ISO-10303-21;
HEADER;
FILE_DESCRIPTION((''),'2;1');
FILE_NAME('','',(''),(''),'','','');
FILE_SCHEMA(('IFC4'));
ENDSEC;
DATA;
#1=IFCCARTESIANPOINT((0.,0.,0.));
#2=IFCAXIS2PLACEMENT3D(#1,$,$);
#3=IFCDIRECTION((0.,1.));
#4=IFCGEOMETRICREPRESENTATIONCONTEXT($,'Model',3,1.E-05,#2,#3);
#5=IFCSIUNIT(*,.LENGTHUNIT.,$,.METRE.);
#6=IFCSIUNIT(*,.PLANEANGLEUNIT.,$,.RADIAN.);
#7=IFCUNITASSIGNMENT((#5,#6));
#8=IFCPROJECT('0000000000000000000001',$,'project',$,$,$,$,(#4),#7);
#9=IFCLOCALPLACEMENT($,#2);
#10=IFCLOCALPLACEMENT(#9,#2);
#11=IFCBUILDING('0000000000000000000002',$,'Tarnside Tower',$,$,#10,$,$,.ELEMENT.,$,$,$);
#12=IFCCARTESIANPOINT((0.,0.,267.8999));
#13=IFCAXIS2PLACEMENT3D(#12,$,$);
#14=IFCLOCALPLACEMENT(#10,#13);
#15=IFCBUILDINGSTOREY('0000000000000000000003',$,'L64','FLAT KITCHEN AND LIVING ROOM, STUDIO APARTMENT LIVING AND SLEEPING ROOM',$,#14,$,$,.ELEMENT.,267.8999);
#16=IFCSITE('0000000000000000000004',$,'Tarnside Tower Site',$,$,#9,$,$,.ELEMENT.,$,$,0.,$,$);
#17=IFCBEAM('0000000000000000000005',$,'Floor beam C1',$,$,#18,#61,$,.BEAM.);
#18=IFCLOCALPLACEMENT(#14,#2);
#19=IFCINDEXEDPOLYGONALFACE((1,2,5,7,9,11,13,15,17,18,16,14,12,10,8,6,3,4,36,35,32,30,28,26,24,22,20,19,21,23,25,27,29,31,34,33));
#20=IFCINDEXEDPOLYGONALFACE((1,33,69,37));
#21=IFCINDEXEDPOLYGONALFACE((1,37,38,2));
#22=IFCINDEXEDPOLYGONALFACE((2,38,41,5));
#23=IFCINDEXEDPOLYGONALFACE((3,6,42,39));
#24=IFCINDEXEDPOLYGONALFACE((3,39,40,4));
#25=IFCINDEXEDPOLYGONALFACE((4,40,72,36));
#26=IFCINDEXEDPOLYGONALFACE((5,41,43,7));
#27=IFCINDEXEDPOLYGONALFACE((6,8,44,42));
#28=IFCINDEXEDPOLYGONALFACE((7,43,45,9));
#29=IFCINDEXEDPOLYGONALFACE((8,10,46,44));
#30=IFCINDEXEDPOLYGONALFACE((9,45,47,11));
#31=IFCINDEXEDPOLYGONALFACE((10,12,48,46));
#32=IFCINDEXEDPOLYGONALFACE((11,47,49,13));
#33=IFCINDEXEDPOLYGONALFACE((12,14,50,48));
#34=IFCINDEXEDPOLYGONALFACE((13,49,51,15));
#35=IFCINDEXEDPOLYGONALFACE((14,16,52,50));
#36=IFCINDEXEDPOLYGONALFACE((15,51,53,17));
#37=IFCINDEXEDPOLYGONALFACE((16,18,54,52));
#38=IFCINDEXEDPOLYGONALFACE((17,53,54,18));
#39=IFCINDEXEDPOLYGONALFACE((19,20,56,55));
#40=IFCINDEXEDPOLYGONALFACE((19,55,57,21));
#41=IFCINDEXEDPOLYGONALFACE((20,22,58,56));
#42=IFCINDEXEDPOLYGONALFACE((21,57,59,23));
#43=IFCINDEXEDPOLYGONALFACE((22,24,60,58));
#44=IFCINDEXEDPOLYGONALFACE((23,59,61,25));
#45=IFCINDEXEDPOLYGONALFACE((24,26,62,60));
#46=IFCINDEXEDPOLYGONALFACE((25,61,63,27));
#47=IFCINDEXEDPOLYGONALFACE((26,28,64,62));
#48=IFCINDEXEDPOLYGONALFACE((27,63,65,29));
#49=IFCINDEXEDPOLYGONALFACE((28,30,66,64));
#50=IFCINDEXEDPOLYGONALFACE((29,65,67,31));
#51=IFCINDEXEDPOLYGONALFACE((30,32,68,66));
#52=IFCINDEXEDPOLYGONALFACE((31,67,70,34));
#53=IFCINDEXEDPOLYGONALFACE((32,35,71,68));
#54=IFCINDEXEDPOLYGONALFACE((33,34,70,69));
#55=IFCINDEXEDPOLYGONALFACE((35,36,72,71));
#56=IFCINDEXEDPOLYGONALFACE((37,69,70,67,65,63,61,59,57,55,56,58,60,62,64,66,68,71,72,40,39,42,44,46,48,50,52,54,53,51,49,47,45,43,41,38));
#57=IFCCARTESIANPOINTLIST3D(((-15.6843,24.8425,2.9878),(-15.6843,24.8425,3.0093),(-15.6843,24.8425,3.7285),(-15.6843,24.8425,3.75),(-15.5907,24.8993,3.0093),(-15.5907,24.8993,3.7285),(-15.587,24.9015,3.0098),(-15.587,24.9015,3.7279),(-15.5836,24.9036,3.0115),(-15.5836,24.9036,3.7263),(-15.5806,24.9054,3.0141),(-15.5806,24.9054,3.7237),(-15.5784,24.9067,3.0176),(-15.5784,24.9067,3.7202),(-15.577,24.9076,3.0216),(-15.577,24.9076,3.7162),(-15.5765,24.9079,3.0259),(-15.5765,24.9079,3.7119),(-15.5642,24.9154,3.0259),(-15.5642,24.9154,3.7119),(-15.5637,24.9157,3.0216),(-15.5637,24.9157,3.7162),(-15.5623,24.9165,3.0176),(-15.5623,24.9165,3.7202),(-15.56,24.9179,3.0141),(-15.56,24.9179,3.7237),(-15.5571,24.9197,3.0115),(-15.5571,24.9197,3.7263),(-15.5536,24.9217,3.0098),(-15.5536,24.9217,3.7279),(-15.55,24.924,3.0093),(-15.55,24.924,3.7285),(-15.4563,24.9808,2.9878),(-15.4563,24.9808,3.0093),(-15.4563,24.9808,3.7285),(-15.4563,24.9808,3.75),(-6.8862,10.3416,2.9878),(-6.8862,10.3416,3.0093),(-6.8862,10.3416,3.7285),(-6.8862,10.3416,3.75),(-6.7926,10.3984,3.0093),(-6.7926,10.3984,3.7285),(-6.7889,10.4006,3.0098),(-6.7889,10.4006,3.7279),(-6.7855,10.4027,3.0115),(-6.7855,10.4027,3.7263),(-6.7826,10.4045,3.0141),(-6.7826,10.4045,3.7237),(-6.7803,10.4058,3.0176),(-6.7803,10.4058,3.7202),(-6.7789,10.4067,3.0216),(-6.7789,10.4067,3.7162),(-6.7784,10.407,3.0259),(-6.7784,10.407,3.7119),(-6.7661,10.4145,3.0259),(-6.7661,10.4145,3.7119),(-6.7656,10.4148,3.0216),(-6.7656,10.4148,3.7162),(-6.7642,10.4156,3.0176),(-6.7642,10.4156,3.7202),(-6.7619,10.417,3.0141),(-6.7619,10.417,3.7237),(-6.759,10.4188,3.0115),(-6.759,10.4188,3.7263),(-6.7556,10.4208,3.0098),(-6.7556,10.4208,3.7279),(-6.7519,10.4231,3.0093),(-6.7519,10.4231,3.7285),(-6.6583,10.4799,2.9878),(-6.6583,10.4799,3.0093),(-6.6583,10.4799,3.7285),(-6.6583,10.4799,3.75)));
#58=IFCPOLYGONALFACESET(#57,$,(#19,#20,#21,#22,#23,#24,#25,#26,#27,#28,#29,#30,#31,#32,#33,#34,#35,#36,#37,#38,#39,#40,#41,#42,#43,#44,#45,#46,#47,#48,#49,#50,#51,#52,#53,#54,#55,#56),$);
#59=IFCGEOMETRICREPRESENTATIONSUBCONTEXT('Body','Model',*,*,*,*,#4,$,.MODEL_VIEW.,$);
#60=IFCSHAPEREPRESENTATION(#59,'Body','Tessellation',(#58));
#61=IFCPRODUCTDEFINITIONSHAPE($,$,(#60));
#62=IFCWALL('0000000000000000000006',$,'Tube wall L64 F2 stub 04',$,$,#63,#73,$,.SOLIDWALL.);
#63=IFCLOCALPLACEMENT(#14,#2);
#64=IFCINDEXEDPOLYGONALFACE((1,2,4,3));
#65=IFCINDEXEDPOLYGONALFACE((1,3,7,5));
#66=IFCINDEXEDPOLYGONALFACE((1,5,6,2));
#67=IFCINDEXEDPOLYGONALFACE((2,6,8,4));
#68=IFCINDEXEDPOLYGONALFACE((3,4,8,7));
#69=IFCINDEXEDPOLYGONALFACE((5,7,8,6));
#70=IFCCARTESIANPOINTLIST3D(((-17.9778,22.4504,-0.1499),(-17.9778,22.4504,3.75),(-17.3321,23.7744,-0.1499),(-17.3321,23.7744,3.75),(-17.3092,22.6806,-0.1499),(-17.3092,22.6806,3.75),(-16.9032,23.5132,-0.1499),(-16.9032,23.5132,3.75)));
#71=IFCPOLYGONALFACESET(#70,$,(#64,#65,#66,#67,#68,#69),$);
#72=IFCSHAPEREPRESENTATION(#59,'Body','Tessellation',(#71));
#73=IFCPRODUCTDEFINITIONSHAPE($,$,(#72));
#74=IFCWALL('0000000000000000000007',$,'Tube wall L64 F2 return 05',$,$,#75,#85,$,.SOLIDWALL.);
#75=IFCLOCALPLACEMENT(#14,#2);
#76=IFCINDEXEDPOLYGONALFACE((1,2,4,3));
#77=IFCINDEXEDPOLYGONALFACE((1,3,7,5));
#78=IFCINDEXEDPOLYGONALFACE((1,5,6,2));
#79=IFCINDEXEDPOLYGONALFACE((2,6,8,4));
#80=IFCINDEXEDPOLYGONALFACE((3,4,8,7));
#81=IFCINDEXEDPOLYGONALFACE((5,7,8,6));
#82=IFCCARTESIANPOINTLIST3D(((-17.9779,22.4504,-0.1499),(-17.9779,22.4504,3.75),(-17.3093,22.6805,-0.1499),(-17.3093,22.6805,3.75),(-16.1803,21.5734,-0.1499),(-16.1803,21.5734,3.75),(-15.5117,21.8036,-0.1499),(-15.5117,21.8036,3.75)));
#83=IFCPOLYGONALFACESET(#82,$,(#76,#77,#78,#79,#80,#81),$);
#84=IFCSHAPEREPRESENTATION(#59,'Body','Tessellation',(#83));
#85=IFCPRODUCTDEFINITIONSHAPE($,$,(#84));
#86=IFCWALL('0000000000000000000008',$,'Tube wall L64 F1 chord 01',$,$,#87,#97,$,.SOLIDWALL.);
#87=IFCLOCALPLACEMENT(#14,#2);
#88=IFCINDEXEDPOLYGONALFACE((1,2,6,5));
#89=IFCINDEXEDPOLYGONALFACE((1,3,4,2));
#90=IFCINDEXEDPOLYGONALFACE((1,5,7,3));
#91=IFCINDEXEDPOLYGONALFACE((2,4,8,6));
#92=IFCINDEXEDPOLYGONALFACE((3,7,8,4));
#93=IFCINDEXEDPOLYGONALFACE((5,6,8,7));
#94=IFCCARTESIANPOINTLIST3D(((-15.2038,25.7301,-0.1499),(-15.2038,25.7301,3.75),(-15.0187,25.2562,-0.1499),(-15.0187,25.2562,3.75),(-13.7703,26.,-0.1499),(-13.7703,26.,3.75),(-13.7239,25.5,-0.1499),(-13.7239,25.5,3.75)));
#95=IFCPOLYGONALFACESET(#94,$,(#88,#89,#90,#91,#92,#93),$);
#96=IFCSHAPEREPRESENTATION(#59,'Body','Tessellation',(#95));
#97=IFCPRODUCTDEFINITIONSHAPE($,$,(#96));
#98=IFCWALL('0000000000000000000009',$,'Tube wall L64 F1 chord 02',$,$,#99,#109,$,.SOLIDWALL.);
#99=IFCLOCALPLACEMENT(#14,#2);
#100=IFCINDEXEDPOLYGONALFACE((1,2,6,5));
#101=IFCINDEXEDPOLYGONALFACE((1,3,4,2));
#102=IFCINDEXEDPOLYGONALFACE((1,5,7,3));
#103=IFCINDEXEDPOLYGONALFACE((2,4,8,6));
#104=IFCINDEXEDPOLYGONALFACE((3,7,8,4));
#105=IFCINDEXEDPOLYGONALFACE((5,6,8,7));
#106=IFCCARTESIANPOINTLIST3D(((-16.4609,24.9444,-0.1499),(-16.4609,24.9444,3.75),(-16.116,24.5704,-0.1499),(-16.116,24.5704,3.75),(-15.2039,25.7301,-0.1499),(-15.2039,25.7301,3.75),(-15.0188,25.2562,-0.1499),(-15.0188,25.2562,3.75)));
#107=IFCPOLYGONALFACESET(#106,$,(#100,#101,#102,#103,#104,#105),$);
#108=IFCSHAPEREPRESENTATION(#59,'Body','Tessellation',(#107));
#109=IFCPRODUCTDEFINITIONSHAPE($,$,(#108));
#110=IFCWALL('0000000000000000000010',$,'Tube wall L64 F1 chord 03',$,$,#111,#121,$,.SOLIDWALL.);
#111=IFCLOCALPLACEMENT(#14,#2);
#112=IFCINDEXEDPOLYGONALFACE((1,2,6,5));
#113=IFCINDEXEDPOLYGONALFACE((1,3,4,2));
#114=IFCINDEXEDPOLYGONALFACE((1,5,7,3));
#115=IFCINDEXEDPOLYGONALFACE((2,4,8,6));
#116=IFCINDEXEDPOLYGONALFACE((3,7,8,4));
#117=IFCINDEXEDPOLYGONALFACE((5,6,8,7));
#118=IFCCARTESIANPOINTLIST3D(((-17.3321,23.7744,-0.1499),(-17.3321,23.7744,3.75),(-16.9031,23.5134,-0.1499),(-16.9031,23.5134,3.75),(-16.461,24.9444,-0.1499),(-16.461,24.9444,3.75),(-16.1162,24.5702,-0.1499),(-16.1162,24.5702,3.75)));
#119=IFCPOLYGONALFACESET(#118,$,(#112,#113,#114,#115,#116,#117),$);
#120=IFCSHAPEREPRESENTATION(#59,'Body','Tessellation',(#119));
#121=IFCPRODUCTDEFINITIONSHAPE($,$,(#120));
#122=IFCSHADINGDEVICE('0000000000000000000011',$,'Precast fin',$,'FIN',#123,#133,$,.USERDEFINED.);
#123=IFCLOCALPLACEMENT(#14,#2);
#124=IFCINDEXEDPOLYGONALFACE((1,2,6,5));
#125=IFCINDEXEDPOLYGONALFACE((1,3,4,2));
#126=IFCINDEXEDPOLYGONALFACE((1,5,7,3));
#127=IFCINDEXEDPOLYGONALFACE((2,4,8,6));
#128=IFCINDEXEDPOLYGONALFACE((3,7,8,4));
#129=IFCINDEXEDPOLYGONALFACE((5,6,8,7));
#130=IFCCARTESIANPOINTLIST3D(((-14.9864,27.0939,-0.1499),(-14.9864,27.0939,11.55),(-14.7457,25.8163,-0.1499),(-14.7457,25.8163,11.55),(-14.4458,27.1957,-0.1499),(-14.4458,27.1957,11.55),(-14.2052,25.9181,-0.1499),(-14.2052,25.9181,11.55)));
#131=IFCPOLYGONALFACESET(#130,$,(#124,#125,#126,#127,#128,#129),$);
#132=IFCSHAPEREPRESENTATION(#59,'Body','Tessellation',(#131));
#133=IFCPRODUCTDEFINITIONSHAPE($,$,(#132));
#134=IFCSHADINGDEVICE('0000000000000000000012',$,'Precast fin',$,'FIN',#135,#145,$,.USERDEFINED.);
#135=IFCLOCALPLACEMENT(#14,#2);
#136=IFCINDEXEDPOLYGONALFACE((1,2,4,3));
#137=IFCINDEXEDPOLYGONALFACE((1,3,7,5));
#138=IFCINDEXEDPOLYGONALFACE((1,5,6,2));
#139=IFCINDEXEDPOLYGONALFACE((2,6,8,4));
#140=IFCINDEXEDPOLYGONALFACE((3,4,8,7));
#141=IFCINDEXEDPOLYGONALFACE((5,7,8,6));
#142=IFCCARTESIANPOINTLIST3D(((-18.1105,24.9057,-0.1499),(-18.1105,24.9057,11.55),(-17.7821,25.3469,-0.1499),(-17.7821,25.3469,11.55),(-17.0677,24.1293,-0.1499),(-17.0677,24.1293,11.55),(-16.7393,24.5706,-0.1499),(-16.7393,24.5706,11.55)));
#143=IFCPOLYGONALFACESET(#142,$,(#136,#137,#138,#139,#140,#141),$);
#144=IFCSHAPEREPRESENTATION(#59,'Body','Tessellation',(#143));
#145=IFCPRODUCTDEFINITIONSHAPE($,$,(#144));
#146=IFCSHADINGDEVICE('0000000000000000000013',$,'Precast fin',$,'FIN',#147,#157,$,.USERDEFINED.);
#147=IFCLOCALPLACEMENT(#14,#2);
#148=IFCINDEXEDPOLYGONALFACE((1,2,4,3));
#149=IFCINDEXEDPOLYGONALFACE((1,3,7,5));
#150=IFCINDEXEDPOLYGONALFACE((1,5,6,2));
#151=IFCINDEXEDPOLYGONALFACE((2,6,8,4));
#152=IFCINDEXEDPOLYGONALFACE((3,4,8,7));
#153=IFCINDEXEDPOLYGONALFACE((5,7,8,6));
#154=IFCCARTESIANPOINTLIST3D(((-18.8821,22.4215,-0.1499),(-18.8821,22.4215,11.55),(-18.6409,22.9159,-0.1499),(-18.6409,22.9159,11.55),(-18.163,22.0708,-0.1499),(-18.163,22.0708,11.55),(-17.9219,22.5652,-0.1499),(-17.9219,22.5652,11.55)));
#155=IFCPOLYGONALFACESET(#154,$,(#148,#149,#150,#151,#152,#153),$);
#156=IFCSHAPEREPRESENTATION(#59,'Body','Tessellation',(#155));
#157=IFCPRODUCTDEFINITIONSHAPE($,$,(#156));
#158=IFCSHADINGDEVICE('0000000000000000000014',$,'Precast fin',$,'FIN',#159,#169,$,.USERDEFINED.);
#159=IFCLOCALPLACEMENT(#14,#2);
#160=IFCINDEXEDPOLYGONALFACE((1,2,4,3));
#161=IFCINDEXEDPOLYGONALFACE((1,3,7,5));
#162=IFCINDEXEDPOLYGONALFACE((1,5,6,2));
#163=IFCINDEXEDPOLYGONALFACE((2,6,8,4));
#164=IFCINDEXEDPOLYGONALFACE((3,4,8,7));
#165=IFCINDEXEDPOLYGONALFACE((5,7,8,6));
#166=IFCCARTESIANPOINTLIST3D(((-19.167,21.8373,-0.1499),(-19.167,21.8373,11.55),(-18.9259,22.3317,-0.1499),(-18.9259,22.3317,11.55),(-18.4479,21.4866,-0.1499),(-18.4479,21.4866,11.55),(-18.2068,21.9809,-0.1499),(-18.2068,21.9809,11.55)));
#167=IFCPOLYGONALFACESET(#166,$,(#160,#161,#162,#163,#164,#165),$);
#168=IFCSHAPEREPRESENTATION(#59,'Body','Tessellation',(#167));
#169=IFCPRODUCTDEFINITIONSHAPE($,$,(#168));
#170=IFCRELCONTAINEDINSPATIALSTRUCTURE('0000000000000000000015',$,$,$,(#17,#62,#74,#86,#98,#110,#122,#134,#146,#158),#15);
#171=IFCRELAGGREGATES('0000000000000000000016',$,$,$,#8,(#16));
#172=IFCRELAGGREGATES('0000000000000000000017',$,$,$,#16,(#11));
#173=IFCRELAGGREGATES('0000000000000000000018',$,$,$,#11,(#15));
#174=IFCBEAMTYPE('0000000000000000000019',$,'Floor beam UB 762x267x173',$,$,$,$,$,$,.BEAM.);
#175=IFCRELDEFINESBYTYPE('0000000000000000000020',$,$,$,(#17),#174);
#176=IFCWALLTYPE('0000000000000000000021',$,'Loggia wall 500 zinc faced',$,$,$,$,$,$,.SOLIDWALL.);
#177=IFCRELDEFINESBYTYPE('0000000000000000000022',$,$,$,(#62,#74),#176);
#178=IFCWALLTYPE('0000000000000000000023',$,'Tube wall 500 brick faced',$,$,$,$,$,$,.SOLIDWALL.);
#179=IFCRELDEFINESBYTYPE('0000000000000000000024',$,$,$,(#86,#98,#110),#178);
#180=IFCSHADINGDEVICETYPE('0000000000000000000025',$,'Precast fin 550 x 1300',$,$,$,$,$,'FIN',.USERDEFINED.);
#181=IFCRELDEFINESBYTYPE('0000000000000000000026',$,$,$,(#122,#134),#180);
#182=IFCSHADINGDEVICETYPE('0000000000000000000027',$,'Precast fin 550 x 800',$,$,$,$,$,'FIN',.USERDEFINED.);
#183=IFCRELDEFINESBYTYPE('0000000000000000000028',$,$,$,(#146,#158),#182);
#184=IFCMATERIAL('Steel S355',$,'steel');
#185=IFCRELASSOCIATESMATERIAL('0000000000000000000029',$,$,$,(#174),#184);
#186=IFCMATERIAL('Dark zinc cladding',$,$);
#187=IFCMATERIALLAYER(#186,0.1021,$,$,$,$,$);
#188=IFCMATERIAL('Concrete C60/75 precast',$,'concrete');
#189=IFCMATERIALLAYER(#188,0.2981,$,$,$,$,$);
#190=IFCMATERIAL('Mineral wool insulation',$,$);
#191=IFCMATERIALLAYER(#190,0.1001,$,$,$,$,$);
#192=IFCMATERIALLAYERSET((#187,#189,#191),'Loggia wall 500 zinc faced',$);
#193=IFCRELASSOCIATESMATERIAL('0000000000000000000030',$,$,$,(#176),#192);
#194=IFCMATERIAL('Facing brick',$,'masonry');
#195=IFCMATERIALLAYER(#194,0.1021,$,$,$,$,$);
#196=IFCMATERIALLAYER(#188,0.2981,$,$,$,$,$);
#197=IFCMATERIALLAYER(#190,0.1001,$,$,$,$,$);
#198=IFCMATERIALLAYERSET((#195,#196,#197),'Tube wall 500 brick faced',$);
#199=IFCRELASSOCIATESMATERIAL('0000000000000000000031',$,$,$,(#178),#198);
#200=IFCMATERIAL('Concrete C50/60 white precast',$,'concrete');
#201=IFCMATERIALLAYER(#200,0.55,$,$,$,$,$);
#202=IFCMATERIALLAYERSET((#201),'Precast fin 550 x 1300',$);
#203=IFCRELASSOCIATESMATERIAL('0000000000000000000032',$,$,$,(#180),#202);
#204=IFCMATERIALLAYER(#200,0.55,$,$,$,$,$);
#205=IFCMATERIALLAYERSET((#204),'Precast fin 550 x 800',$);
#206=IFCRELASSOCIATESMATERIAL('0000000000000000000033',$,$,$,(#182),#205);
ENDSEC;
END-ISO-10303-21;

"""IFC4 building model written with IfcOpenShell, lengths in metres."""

from ifc_helpers import new_model, si_unit, direction, frame, origin, origin_2d, place, context, subcontext, project, spatial, polyline, i_section, outline, extrude, material, layer, layer_set, material_profile, profile_set, type_object, element, save


model = new_model("IFC4")

# Units and contexts
model_context = context("Model", 3, precision=1e-05, world=origin(), true_north=direction((0.0, 1.0)))
body_context = subcontext(model_context, "Body", "Model", "MODEL_VIEW")
ifc_project = project(units=[si_unit("LENGTHUNIT", "METRE"), si_unit("PLANEANGLEUNIT", "RADIAN")], contexts=[model_context])

# Site, building, storey
site_placement = place(None, origin())
site = spatial("IfcSite", under=ifc_project, at=site_placement, Name="Tarnside Tower Site", CompositionType="ELEMENT", RefElevation=0.0)
building_placement = place(site_placement, origin())
building = spatial("IfcBuilding", under=site, at=building_placement, Name="Tarnside Tower", CompositionType="ELEMENT")
storey_placement = place(building_placement, frame((0.0, 0.0, 267.8999)))
storey = spatial("IfcBuildingStorey", under=building, at=storey_placement, Name="L64", Description="FLAT KITCHEN AND LIVING ROOM, STUDIO APARTMENT LIVING AND SLEEPING ROOM", CompositionType="ELEMENT", Elevation=267.8999)

# Beam
ifc_material_1 = material(Name="Steel S355", Category="steel")
ifc_material_profile = material_profile(ifc_material_1, i_section(OverallWidth=0.2666, OverallDepth=0.7622, WebThickness=0.0144, FlangeThickness=0.0215, FilletRadius=0.0166, at=origin_2d()), Name="UB 762x267x173")
ifc_profile_set = profile_set([ifc_material_profile], Name="Steel S355")
beam_type = type_object("IfcBeamType", Name="Floor beam UB 762x267x173", PredefinedType="BEAM", material=ifc_profile_set)
beam_placement = place(storey_placement, frame((-15.5703, 24.9116, 3.3689), z_axis=(0.518717, -0.854946, 0.0), x_axis=(0.854946, 0.518717, 0.0)))
element("IfcBeam", 1, at=beam_placement, inside=storey, type_object=beam_type, Name="Floor beam C1", PredefinedType="BEAM", context=body_context, shape_type="SweptSolid", body=[
    extrude(i_section(OverallWidth=0.2666, OverallDepth=0.7622, WebThickness=0.0144, FlangeThickness=0.0215, FilletRadius=0.0166, at=origin_2d()), origin(), (0.0, 0.0, 1.0), 16.9612),
])

# Walls
ifc_material_2 = material(Name="Dark zinc cladding")
ifc_layer_1 = layer(ifc_material_2, 0.1021)
ifc_material_3 = material(Name="Concrete C60/75 precast", Category="concrete")
ifc_layer_2 = layer(ifc_material_3, 0.2981)
ifc_material_4 = material(Name="Mineral wool insulation")
ifc_layer_3 = layer(ifc_material_4, 0.1001)
ifc_layer_set_1 = layer_set([ifc_layer_1, ifc_layer_2, ifc_layer_3], Name="Loggia wall 500 zinc faced")
wall_type_1 = type_object("IfcWallType", Name="Loggia wall 500 zinc faced", PredefinedType="SOLIDWALL", material=ifc_layer_set_1)
wall_1_placement = place(storey_placement, frame((-17.1177, 23.6438, -0.1499), z_axis=(0.0, 0.0, 1.0), x_axis=(-0.438319, -0.898819, 0.0)))
element("IfcWall", 2, at=wall_1_placement, inside=storey, type_object=wall_type_1, Name="Tube wall L64 F2 stub 04", PredefinedType="SOLIDWALL", context=body_context, shape_type="SweptSolid", body=[
    extrude(outline(polyline([(-0.0234, -0.25), (1.4497, -0.25), (0.9497, 0.25), (0.0234, 0.25), (-0.0234, -0.25)])), origin(), (0.0, 0.0, 1.0), 3.8999),
])
wall_2_placement = place(storey_placement, frame((-17.6436, 22.5654, -0.1499), z_axis=(0.0, 0.0, 1.0), x_axis=(0.898754, -0.438452, 0.0)))
element("IfcWall", 3, at=wall_2_placement, inside=storey, type_object=wall_type_1, Name="Tube wall L64 F2 return 05", PredefinedType="SOLIDWALL", context=body_context, shape_type="SweptSolid", body=[
    extrude(outline(polyline([(-0.25, -0.25), (1.75, -0.25), (2.25, 0.25), (0.25, 0.25), (-0.25, -0.25)])), origin(), (0.0, 0.0, 1.0), 3.8999),
])

# Walls
ifc_material_5 = material(Name="Facing brick", Category="masonry")
ifc_layer_4 = layer(ifc_material_5, 0.1021)
ifc_layer_5 = layer(ifc_material_3, 0.2981)
ifc_layer_6 = layer(ifc_material_4, 0.1001)
ifc_layer_set_2 = layer_set([ifc_layer_4, ifc_layer_5, ifc_layer_6], Name="Tube wall 500 brick faced")
wall_type_2 = type_object("IfcWallType", Name="Tube wall 500 brick faced", PredefinedType="SOLIDWALL", material=ifc_layer_set_2)
wall_3_placement = place(storey_placement, frame((-13.7471, 25.75, -0.1499), z_axis=(0.0, 0.0, 1.0), x_axis=(-0.982737, -0.185011, 0.0)))
element("IfcWall", 4, at=wall_3_placement, inside=storey, type_object=wall_type_2, Name="Tube wall L64 F1 chord 01", PredefinedType="SOLIDWALL", context=body_context, shape_type="SweptSolid", body=[
    extrude(outline(polyline([(-0.0234, -0.25), (1.4353, -0.25), (1.3411, 0.25), (0.0234, 0.25), (-0.0234, -0.25)])), origin(), (0.0, 0.0, 1.0), 3.8999),
])
wall_4_placement = place(storey_placement, frame((-15.1113, 25.4932, -0.1499), z_axis=(0.0, 0.0, 1.0), x_axis=(-0.847979, -0.530031, 0.0)))
element("IfcWall", 5, at=wall_4_placement, inside=storey, type_object=wall_type_2, Name="Tube wall L64 F1 chord 02", PredefinedType="SOLIDWALL", context=body_context, shape_type="SweptSolid", body=[
    extrude(outline(polyline([(-0.0471, -0.25), (1.4353, -0.25), (1.3411, 0.25), (0.0471, 0.25), (-0.0471, -0.25)])), origin(), (0.0, 0.0, 1.0), 3.8999),
])
wall_5_placement = place(storey_placement, frame((-16.2886, 24.7573, -0.1499), z_axis=(0.0, 0.0, 1.0), x_axis=(-0.597211, -0.802084, 0.0)))
element("IfcWall", 6, at=wall_5_placement, inside=storey, type_object=wall_type_2, Name="Tube wall L64 F1 chord 03", PredefinedType="SOLIDWALL", context=body_context, shape_type="SweptSolid", body=[
    extrude(outline(polyline([(-0.0471, -0.25), (1.4116, -0.25), (1.3647, 0.25), (0.0471, 0.25), (-0.0471, -0.25)])), origin(), (0.0, 0.0, 1.0), 3.8999),
])

# Shading devices
ifc_material_6 = material(Name="Concrete C50/60 white precast", Category="concrete")
ifc_layer_7 = layer(ifc_material_6, 0.55)
ifc_layer_set_3 = layer_set([ifc_layer_7], Name="Precast fin 550 x 1300")
shading_device_type_1 = type_object("IfcShadingDeviceType", Name="Precast fin 550 x 1300", ElementType="FIN", PredefinedType="USERDEFINED", material=ifc_layer_set_3)
for number, where, z_axis, x_axis, name in (
    (7, (-14.4756, 25.8672, -0.1499), (0.982721, 0.185095, 0.0), (-0.185095, 0.982721, 0.0), "Precast fin"),
    (8, (-16.9036, 24.3499, -0.1499), (0.597159, 0.802123, 0.0), (-0.802123, 0.597159, 0.0), "Precast fin"),
):
    element("IfcShadingDevice", number, at=place(storey_placement, frame(where, z_axis=z_axis, x_axis=x_axis)), inside=storey, type_object=shading_device_type_1, Name=name, ObjectType="FIN", PredefinedType="USERDEFINED", context=body_context, shape_type="SweptSolid", body=[
        extrude(outline(polyline([(0.0, 0.0), (1.3, 0.0), (1.3, 11.7), (0.0, 11.7), (0.0, 0.0)])), frame((0.0, 0.0, -0.2749)), (0.0, 0.0, 1.0), 0.55),
    ])
ifc_layer_8 = layer(ifc_material_6, 0.55)
ifc_layer_set_4 = layer_set([ifc_layer_8], Name="Precast fin 550 x 800")
shading_device_type_2 = type_object("IfcShadingDeviceType", Name="Precast fin 550 x 800", ElementType="FIN", PredefinedType="USERDEFINED", material=ifc_layer_set_4)
for number, where, z_axis, x_axis, name in (
    (9, (-18.0425, 22.3179, -0.1499), (0.438371, 0.898794, 0.0), (-0.898794, 0.438371, 0.0), "Precast fin"),
    (10, (-18.3274, 21.7336, -0.1499), (0.438371, 0.898794, 0.0), (-0.898794, 0.438371, 0.0), "Precast fin"),
):
    element("IfcShadingDevice", number, at=place(storey_placement, frame(where, z_axis=z_axis, x_axis=x_axis)), inside=storey, type_object=shading_device_type_2, Name=name, ObjectType="FIN", PredefinedType="USERDEFINED", context=body_context, shape_type="SweptSolid", body=[
        extrude(outline(polyline([(0.0, 0.0), (0.8, 0.0), (0.8, 11.7), (0.0, 11.7), (0.0, 0.0)])), frame((0.0, 0.0, -0.2749)), (0.0, 0.0, 1.0), 0.55),
    ])

save(model, "model.ifc")
